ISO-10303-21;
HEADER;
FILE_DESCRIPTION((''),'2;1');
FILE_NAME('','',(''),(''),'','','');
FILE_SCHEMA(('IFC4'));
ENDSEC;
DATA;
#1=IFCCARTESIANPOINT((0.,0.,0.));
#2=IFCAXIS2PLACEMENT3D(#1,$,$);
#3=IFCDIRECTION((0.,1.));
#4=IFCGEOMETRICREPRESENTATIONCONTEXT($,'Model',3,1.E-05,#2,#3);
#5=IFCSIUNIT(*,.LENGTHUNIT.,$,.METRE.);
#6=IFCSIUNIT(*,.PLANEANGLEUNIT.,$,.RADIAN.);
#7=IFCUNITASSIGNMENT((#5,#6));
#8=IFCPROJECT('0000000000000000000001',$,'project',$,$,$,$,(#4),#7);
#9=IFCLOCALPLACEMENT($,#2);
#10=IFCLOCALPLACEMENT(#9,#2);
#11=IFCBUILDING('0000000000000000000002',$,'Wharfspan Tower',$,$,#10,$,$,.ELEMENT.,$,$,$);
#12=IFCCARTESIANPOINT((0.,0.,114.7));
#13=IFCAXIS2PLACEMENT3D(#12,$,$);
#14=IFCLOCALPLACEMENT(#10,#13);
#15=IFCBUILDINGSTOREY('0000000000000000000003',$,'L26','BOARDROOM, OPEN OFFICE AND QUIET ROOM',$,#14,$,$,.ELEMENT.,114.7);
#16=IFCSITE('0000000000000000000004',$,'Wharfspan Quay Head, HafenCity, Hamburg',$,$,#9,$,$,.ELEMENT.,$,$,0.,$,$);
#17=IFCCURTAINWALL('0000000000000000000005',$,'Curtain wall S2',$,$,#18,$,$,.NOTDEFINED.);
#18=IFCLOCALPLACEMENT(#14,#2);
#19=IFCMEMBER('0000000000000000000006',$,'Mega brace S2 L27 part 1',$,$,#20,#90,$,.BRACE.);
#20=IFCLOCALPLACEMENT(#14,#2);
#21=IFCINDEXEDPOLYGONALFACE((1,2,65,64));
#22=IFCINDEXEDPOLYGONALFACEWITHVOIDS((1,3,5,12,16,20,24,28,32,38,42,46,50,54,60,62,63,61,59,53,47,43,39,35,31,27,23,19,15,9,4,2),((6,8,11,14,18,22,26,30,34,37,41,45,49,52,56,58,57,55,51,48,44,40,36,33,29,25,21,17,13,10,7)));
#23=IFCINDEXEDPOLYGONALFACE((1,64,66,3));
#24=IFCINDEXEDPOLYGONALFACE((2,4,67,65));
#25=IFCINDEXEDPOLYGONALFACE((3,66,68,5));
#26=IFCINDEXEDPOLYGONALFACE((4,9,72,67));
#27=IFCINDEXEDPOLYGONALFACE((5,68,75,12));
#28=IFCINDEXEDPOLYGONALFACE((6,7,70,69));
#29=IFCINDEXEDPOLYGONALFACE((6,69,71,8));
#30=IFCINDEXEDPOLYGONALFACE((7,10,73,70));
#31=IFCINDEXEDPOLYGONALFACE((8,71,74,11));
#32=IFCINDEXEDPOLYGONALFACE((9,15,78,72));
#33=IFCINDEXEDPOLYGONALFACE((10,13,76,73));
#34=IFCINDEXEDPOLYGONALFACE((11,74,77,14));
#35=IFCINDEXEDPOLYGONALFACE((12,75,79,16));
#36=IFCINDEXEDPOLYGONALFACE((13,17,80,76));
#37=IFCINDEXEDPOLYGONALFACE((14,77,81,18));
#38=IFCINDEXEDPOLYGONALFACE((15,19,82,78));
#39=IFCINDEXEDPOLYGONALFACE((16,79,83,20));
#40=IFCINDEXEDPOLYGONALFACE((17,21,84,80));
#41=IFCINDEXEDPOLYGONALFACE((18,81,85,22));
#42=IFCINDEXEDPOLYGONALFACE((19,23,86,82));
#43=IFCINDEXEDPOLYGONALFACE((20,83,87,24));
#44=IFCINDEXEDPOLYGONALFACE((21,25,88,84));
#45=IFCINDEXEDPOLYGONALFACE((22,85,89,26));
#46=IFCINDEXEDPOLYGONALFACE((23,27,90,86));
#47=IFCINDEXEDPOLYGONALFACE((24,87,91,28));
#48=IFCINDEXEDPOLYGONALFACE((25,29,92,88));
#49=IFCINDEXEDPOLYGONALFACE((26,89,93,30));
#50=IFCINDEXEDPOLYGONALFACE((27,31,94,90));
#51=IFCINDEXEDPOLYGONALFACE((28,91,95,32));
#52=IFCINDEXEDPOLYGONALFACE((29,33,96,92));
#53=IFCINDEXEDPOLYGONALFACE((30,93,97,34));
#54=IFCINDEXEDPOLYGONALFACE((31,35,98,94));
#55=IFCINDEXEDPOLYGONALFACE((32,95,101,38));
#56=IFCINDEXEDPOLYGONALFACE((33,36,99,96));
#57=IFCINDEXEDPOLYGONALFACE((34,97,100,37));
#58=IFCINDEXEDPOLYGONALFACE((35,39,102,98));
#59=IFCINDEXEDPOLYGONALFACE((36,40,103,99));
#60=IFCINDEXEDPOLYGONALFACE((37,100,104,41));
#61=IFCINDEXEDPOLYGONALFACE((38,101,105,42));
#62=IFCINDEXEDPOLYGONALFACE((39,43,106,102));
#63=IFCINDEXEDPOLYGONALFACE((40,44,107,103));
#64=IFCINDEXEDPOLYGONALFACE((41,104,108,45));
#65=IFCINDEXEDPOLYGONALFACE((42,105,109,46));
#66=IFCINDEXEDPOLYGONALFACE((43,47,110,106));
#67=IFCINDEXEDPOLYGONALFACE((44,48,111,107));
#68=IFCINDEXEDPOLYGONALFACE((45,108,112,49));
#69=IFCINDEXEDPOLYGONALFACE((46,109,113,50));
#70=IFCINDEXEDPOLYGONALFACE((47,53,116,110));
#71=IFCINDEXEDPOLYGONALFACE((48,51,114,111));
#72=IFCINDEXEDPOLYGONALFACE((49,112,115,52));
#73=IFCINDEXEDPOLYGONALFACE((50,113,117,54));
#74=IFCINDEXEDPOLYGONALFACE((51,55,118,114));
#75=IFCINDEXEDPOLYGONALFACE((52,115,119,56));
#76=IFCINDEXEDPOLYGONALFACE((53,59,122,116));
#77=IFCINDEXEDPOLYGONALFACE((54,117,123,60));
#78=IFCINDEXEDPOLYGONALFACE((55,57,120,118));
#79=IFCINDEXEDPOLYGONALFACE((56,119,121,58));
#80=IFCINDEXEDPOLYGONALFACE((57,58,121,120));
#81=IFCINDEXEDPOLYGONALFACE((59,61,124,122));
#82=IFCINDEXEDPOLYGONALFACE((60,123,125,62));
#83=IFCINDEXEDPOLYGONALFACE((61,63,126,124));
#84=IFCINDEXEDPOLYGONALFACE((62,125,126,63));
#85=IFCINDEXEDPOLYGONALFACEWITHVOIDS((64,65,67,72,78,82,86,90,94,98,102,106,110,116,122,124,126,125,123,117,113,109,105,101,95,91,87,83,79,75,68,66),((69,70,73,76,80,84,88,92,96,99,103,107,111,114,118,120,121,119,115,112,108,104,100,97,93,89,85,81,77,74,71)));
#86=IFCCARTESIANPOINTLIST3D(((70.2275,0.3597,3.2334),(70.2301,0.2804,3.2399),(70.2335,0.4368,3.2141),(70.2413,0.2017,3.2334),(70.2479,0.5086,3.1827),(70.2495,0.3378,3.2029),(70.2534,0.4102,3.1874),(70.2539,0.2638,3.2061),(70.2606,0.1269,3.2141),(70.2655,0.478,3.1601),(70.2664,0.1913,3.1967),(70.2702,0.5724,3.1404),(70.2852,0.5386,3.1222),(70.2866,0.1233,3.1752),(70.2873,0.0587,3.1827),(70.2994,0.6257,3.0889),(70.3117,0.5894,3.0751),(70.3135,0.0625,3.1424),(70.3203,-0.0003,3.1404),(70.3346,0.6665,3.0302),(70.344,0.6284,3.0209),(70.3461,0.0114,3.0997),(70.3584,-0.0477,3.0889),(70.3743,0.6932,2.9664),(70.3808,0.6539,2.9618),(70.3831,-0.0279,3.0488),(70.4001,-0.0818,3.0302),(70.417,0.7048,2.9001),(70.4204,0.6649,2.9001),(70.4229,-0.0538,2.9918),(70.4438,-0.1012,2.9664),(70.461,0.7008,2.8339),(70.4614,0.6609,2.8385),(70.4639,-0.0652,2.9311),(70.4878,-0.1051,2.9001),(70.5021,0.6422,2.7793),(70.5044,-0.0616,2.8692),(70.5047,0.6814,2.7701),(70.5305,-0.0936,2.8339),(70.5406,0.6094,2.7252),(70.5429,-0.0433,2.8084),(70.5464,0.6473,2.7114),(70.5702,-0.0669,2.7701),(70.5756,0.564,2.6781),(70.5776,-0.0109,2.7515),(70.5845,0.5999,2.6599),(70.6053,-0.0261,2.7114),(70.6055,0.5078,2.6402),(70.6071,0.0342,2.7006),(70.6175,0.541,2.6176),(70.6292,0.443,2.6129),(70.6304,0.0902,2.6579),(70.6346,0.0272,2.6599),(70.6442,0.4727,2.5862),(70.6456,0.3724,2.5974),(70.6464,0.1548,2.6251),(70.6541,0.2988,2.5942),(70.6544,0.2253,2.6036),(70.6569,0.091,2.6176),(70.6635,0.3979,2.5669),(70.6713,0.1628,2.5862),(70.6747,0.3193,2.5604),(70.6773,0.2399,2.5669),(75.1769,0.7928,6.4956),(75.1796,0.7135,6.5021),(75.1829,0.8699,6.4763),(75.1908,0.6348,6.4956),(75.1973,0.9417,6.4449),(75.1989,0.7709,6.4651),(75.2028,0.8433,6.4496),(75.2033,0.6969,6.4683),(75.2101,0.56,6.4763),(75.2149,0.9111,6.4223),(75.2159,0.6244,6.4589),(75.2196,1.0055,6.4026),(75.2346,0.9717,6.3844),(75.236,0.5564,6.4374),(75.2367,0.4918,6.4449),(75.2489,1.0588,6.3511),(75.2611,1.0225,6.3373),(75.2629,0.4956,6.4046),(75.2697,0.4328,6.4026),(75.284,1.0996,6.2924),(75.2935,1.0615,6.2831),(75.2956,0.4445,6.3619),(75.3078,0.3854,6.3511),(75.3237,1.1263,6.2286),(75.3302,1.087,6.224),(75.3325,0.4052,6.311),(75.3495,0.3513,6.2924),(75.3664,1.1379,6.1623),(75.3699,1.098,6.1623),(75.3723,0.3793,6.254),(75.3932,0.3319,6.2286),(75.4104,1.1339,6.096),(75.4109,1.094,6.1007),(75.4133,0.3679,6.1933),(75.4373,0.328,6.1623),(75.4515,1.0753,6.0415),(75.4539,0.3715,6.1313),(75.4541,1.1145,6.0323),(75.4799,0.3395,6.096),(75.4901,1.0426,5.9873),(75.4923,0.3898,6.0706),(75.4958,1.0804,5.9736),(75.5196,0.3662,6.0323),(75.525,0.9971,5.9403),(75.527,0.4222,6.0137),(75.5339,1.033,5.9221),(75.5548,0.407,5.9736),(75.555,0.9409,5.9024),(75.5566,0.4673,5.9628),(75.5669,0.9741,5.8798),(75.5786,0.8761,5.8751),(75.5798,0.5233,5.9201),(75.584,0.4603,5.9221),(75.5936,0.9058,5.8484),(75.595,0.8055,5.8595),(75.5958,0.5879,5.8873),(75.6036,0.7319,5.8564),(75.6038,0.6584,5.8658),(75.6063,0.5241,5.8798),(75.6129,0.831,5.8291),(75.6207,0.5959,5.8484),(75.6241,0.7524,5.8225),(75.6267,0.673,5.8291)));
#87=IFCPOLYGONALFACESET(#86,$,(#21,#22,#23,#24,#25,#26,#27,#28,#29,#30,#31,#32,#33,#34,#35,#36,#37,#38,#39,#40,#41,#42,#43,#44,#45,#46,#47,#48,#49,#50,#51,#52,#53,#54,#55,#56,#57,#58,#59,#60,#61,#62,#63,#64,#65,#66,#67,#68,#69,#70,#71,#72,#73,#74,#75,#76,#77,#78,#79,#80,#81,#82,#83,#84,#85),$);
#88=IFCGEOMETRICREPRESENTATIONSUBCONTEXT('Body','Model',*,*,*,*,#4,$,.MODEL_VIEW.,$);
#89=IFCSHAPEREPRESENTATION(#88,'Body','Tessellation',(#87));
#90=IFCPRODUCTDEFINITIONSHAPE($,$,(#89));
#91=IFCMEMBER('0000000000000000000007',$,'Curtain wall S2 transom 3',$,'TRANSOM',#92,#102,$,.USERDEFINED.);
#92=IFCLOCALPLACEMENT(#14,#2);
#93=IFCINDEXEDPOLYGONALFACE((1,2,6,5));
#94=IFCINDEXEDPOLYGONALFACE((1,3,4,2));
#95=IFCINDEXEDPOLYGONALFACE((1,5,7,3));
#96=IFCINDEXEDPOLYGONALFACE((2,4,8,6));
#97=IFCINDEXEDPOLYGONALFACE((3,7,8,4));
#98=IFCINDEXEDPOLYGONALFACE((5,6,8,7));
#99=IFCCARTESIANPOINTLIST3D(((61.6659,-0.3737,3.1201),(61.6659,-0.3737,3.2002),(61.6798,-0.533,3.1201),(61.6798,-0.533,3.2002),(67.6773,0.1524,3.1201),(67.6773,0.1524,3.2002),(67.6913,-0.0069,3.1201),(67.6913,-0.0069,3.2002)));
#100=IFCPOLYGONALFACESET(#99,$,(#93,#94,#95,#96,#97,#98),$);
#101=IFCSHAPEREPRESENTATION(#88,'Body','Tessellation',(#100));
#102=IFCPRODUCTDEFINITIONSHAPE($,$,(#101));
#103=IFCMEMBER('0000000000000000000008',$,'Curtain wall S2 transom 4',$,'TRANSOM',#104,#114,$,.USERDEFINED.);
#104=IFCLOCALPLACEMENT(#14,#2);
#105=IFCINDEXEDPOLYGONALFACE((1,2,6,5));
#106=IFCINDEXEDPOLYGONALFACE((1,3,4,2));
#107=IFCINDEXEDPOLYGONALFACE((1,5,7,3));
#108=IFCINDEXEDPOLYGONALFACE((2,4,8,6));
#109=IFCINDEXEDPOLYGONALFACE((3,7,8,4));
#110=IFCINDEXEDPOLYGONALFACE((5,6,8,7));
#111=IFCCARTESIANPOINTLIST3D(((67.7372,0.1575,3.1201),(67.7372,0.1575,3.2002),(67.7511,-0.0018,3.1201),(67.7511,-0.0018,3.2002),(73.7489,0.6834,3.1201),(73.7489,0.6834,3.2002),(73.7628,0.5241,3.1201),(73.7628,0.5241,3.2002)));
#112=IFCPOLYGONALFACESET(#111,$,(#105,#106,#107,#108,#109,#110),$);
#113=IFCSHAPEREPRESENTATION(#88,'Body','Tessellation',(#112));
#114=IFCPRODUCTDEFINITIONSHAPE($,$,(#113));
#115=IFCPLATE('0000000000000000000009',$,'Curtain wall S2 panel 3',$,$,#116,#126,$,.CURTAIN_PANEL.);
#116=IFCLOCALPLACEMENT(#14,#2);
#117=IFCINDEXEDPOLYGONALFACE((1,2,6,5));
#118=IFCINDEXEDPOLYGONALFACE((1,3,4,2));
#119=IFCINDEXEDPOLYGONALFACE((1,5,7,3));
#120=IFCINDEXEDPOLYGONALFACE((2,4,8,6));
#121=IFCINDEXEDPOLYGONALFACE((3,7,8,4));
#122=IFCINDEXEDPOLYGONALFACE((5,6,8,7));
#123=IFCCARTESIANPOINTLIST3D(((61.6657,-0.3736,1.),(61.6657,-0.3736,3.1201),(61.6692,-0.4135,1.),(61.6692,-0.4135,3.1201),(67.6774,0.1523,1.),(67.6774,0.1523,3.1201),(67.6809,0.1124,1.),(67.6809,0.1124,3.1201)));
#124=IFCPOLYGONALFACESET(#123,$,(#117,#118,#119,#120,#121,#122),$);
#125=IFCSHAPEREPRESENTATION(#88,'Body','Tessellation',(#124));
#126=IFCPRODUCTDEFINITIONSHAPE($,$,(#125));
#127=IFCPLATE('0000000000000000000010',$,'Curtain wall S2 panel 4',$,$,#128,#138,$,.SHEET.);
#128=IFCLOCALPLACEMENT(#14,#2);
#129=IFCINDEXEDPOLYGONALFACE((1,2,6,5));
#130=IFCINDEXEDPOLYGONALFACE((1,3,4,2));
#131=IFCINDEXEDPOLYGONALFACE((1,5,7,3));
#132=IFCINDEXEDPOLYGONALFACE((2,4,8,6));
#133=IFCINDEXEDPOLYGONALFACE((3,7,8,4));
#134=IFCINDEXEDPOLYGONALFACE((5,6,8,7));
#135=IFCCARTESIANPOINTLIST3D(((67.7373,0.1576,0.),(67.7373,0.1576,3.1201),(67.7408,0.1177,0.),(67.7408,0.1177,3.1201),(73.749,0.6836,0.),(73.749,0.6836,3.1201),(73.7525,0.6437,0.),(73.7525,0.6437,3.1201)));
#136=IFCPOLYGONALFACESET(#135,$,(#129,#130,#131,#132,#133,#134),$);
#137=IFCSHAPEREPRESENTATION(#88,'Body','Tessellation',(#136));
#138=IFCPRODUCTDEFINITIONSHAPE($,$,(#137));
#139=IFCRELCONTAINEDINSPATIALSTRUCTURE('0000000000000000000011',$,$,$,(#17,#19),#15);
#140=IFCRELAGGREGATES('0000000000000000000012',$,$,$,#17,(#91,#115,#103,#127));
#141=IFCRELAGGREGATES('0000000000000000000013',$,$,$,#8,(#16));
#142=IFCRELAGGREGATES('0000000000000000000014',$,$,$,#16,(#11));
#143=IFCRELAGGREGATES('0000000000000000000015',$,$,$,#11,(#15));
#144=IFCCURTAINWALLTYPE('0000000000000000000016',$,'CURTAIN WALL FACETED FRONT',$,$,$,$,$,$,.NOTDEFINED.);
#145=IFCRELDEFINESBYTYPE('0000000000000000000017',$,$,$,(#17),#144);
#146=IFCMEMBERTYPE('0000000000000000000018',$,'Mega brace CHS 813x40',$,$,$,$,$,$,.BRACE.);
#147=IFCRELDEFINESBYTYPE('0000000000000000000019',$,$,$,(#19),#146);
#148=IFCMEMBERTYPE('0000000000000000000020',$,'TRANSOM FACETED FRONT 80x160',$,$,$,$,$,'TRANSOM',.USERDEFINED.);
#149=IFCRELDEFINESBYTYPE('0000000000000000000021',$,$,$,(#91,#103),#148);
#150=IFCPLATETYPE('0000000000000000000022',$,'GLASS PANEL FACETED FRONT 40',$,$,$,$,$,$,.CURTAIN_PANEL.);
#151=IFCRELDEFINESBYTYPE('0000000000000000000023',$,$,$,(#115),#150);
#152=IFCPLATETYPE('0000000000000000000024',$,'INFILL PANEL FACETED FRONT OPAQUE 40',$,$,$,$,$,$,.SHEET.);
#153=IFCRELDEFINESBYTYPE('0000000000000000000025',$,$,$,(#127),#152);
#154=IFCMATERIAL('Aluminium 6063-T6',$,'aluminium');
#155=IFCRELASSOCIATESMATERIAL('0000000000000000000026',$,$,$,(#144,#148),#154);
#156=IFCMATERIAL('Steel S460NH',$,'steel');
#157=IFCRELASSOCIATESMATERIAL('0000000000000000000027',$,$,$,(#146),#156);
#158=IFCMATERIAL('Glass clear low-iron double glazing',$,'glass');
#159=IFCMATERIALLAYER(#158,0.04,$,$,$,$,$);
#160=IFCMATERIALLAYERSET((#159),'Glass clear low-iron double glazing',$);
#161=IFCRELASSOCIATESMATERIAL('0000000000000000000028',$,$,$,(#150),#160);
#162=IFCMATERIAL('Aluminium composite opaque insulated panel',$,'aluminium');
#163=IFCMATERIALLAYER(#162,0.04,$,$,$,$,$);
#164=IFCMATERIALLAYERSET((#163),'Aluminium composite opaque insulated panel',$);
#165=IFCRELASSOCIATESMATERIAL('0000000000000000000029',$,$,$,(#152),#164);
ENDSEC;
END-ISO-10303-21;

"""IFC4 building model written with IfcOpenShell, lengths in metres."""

from ifc_helpers import new_model, si_unit, direction, frame, origin, origin_2d, place, context, subcontext, project, spatial, rectangle, hollow_circle, extrude, material, layer, layer_set, material_profile, profile_set, type_object, element, aggregate, save


model = new_model("IFC4")

# Units and contexts
model_context = context("Model", 3, precision=1e-05, world=origin(), true_north=direction((0.0, 1.0)))
body_context = subcontext(model_context, "Body", "Model", "MODEL_VIEW")
ifc_project = project(units=[si_unit("LENGTHUNIT", "METRE"), si_unit("PLANEANGLEUNIT", "RADIAN")], contexts=[model_context])

# Site, building, storey
site_placement = place(None, origin())
site = spatial("IfcSite", under=ifc_project, at=site_placement, Name="Wharfspan Quay Head, HafenCity, Hamburg", CompositionType="ELEMENT", RefElevation=0.0)
building_placement = place(site_placement, origin())
building = spatial("IfcBuilding", under=site, at=building_placement, Name="Wharfspan Tower", CompositionType="ELEMENT")
storey_placement = place(building_placement, frame((0.0, 0.0, 114.7)))
storey = spatial("IfcBuildingStorey", under=building, at=storey_placement, Name="L26", Description="BOARDROOM, OPEN OFFICE AND QUIET ROOM", CompositionType="ELEMENT", Elevation=114.7)

# Curtain wall
ifc_material_1 = material(Name="Aluminium 6063-T6", Category="aluminium")
curtain_wall_type = type_object("IfcCurtainWallType", Name="CURTAIN WALL FACETED FRONT", PredefinedType="NOTDEFINED", material=ifc_material_1)
curtain_wall_placement = place(storey_placement, origin())
curtain_wall = element("IfcCurtainWall", 1, at=curtain_wall_placement, inside=storey, type_object=curtain_wall_type, Name="Curtain wall S2", PredefinedType="NOTDEFINED")

# Members
ifc_material_2 = material(Name="Steel S460NH", Category="steel")
ifc_material_profile_1 = material_profile(ifc_material_2, hollow_circle(Radius=0.4065, WallThickness=0.04, at=origin_2d()))
ifc_profile_set_1 = profile_set([ifc_material_profile_1], Name="Steel S460NH")
member_type_1 = type_object("IfcMemberType", Name="Mega brace CHS 813x40", PredefinedType="BRACE", material=ifc_profile_set_1)
member_1_placement = place(storey_placement, frame((70.4524, 0.2998, 2.9001), z_axis=(0.832734, 0.072869, 0.548858), x_axis=(-0.087173, 0.99619, 0.000001)))
element("IfcMember", 2, at=member_1_placement, inside=storey, type_object=member_type_1, Name="Mega brace S2 L27 part 1", PredefinedType="BRACE", context=body_context, shape_type="SweptSolid", body=[
    extrude(hollow_circle(Radius=0.4065, WallThickness=0.04, at=origin_2d()), origin(), (0.0, 0.0, 1.0), 5.9436),
])
ifc_material_profile_2 = material_profile(ifc_material_1, rectangle(XDim=0.1599, YDim=0.0801, at=origin_2d()))
ifc_profile_set_2 = profile_set([ifc_material_profile_2], Name="Aluminium 6063-T6")
member_type_2 = type_object("IfcMemberType", Name="TRANSOM FACETED FRONT 80x160", ElementType="TRANSOM", PredefinedType="USERDEFINED", material=ifc_profile_set_2)
member_2_placement = place(storey_placement, frame((61.6729, -0.4534, 3.1602), z_axis=(0.996192, 0.087187, 0.0), x_axis=(-0.087187, 0.996192, 0.0)))
member_2 = element("IfcMember", 3, at=member_2_placement, type_object=member_type_2, Name="Curtain wall S2 transom 3", ObjectType="TRANSOM", PredefinedType="USERDEFINED", context=body_context, shape_type="SweptSolid", body=[
    extrude(rectangle(XDim=0.1599, YDim=0.0801, at=origin_2d()), origin(), (0.0, 0.0, 1.0), 6.0344),
])
member_3_placement = place(storey_placement, frame((67.7441, 0.0779, 3.1602), z_axis=(0.996196, 0.087143, 0.0), x_axis=(-0.087143, 0.996196, 0.0)))
member_3 = element("IfcMember", 4, at=member_3_placement, type_object=member_type_2, Name="Curtain wall S2 transom 4", ObjectType="TRANSOM", PredefinedType="USERDEFINED", context=body_context, shape_type="SweptSolid", body=[
    extrude(rectangle(XDim=0.1599, YDim=0.0801, at=origin_2d()), origin(), (0.0, 0.0, 1.0), 6.0347),
])

# Plates
ifc_material_3 = material(Name="Glass clear low-iron double glazing", Category="glass")
ifc_layer_1 = layer(ifc_material_3, 0.04)
ifc_layer_set_1 = layer_set([ifc_layer_1], Name="Glass clear low-iron double glazing")
plate_type_1 = type_object("IfcPlateType", Name="GLASS PANEL FACETED FRONT 40", PredefinedType="CURTAIN_PANEL", material=ifc_layer_set_1)
plate_1_placement = place(storey_placement, frame((64.6733, -0.1306, 1.0), z_axis=(0.0, 0.0, 1.0), x_axis=(0.996198, 0.087156, 0.0)))
plate_1 = element("IfcPlate", 5, at=plate_1_placement, type_object=plate_type_1, Name="Curtain wall S2 panel 3", PredefinedType="CURTAIN_PANEL", context=body_context, shape_type="SweptSolid", body=[
    extrude(rectangle(XDim=6.0347, YDim=0.04, at=origin_2d()), origin(), (0.0, 0.0, 1.0), 2.1201),
])
ifc_material_4 = material(Name="Aluminium composite opaque insulated panel", Category="aluminium")
ifc_layer_2 = layer(ifc_material_4, 0.04)
ifc_layer_set_2 = layer_set([ifc_layer_2], Name="Aluminium composite opaque insulated panel")
plate_type_2 = type_object("IfcPlateType", Name="INFILL PANEL FACETED FRONT OPAQUE 40", PredefinedType="SHEET", material=ifc_layer_set_2)
plate_2_placement = place(storey_placement, frame((70.7449, 0.4006, 0.0), z_axis=(0.0, 0.0, 1.0), x_axis=(0.996198, 0.087156, 0.0)))
plate_2 = element("IfcPlate", 6, at=plate_2_placement, type_object=plate_type_2, Name="Curtain wall S2 panel 4", PredefinedType="SHEET", context=body_context, shape_type="SweptSolid", body=[
    extrude(rectangle(XDim=6.0347, YDim=0.04, at=origin_2d()), origin(), (0.0, 0.0, 1.0), 3.1201),
])
aggregate(curtain_wall, [member_2, plate_1, member_3, plate_2])

save(model, "model.ifc")
